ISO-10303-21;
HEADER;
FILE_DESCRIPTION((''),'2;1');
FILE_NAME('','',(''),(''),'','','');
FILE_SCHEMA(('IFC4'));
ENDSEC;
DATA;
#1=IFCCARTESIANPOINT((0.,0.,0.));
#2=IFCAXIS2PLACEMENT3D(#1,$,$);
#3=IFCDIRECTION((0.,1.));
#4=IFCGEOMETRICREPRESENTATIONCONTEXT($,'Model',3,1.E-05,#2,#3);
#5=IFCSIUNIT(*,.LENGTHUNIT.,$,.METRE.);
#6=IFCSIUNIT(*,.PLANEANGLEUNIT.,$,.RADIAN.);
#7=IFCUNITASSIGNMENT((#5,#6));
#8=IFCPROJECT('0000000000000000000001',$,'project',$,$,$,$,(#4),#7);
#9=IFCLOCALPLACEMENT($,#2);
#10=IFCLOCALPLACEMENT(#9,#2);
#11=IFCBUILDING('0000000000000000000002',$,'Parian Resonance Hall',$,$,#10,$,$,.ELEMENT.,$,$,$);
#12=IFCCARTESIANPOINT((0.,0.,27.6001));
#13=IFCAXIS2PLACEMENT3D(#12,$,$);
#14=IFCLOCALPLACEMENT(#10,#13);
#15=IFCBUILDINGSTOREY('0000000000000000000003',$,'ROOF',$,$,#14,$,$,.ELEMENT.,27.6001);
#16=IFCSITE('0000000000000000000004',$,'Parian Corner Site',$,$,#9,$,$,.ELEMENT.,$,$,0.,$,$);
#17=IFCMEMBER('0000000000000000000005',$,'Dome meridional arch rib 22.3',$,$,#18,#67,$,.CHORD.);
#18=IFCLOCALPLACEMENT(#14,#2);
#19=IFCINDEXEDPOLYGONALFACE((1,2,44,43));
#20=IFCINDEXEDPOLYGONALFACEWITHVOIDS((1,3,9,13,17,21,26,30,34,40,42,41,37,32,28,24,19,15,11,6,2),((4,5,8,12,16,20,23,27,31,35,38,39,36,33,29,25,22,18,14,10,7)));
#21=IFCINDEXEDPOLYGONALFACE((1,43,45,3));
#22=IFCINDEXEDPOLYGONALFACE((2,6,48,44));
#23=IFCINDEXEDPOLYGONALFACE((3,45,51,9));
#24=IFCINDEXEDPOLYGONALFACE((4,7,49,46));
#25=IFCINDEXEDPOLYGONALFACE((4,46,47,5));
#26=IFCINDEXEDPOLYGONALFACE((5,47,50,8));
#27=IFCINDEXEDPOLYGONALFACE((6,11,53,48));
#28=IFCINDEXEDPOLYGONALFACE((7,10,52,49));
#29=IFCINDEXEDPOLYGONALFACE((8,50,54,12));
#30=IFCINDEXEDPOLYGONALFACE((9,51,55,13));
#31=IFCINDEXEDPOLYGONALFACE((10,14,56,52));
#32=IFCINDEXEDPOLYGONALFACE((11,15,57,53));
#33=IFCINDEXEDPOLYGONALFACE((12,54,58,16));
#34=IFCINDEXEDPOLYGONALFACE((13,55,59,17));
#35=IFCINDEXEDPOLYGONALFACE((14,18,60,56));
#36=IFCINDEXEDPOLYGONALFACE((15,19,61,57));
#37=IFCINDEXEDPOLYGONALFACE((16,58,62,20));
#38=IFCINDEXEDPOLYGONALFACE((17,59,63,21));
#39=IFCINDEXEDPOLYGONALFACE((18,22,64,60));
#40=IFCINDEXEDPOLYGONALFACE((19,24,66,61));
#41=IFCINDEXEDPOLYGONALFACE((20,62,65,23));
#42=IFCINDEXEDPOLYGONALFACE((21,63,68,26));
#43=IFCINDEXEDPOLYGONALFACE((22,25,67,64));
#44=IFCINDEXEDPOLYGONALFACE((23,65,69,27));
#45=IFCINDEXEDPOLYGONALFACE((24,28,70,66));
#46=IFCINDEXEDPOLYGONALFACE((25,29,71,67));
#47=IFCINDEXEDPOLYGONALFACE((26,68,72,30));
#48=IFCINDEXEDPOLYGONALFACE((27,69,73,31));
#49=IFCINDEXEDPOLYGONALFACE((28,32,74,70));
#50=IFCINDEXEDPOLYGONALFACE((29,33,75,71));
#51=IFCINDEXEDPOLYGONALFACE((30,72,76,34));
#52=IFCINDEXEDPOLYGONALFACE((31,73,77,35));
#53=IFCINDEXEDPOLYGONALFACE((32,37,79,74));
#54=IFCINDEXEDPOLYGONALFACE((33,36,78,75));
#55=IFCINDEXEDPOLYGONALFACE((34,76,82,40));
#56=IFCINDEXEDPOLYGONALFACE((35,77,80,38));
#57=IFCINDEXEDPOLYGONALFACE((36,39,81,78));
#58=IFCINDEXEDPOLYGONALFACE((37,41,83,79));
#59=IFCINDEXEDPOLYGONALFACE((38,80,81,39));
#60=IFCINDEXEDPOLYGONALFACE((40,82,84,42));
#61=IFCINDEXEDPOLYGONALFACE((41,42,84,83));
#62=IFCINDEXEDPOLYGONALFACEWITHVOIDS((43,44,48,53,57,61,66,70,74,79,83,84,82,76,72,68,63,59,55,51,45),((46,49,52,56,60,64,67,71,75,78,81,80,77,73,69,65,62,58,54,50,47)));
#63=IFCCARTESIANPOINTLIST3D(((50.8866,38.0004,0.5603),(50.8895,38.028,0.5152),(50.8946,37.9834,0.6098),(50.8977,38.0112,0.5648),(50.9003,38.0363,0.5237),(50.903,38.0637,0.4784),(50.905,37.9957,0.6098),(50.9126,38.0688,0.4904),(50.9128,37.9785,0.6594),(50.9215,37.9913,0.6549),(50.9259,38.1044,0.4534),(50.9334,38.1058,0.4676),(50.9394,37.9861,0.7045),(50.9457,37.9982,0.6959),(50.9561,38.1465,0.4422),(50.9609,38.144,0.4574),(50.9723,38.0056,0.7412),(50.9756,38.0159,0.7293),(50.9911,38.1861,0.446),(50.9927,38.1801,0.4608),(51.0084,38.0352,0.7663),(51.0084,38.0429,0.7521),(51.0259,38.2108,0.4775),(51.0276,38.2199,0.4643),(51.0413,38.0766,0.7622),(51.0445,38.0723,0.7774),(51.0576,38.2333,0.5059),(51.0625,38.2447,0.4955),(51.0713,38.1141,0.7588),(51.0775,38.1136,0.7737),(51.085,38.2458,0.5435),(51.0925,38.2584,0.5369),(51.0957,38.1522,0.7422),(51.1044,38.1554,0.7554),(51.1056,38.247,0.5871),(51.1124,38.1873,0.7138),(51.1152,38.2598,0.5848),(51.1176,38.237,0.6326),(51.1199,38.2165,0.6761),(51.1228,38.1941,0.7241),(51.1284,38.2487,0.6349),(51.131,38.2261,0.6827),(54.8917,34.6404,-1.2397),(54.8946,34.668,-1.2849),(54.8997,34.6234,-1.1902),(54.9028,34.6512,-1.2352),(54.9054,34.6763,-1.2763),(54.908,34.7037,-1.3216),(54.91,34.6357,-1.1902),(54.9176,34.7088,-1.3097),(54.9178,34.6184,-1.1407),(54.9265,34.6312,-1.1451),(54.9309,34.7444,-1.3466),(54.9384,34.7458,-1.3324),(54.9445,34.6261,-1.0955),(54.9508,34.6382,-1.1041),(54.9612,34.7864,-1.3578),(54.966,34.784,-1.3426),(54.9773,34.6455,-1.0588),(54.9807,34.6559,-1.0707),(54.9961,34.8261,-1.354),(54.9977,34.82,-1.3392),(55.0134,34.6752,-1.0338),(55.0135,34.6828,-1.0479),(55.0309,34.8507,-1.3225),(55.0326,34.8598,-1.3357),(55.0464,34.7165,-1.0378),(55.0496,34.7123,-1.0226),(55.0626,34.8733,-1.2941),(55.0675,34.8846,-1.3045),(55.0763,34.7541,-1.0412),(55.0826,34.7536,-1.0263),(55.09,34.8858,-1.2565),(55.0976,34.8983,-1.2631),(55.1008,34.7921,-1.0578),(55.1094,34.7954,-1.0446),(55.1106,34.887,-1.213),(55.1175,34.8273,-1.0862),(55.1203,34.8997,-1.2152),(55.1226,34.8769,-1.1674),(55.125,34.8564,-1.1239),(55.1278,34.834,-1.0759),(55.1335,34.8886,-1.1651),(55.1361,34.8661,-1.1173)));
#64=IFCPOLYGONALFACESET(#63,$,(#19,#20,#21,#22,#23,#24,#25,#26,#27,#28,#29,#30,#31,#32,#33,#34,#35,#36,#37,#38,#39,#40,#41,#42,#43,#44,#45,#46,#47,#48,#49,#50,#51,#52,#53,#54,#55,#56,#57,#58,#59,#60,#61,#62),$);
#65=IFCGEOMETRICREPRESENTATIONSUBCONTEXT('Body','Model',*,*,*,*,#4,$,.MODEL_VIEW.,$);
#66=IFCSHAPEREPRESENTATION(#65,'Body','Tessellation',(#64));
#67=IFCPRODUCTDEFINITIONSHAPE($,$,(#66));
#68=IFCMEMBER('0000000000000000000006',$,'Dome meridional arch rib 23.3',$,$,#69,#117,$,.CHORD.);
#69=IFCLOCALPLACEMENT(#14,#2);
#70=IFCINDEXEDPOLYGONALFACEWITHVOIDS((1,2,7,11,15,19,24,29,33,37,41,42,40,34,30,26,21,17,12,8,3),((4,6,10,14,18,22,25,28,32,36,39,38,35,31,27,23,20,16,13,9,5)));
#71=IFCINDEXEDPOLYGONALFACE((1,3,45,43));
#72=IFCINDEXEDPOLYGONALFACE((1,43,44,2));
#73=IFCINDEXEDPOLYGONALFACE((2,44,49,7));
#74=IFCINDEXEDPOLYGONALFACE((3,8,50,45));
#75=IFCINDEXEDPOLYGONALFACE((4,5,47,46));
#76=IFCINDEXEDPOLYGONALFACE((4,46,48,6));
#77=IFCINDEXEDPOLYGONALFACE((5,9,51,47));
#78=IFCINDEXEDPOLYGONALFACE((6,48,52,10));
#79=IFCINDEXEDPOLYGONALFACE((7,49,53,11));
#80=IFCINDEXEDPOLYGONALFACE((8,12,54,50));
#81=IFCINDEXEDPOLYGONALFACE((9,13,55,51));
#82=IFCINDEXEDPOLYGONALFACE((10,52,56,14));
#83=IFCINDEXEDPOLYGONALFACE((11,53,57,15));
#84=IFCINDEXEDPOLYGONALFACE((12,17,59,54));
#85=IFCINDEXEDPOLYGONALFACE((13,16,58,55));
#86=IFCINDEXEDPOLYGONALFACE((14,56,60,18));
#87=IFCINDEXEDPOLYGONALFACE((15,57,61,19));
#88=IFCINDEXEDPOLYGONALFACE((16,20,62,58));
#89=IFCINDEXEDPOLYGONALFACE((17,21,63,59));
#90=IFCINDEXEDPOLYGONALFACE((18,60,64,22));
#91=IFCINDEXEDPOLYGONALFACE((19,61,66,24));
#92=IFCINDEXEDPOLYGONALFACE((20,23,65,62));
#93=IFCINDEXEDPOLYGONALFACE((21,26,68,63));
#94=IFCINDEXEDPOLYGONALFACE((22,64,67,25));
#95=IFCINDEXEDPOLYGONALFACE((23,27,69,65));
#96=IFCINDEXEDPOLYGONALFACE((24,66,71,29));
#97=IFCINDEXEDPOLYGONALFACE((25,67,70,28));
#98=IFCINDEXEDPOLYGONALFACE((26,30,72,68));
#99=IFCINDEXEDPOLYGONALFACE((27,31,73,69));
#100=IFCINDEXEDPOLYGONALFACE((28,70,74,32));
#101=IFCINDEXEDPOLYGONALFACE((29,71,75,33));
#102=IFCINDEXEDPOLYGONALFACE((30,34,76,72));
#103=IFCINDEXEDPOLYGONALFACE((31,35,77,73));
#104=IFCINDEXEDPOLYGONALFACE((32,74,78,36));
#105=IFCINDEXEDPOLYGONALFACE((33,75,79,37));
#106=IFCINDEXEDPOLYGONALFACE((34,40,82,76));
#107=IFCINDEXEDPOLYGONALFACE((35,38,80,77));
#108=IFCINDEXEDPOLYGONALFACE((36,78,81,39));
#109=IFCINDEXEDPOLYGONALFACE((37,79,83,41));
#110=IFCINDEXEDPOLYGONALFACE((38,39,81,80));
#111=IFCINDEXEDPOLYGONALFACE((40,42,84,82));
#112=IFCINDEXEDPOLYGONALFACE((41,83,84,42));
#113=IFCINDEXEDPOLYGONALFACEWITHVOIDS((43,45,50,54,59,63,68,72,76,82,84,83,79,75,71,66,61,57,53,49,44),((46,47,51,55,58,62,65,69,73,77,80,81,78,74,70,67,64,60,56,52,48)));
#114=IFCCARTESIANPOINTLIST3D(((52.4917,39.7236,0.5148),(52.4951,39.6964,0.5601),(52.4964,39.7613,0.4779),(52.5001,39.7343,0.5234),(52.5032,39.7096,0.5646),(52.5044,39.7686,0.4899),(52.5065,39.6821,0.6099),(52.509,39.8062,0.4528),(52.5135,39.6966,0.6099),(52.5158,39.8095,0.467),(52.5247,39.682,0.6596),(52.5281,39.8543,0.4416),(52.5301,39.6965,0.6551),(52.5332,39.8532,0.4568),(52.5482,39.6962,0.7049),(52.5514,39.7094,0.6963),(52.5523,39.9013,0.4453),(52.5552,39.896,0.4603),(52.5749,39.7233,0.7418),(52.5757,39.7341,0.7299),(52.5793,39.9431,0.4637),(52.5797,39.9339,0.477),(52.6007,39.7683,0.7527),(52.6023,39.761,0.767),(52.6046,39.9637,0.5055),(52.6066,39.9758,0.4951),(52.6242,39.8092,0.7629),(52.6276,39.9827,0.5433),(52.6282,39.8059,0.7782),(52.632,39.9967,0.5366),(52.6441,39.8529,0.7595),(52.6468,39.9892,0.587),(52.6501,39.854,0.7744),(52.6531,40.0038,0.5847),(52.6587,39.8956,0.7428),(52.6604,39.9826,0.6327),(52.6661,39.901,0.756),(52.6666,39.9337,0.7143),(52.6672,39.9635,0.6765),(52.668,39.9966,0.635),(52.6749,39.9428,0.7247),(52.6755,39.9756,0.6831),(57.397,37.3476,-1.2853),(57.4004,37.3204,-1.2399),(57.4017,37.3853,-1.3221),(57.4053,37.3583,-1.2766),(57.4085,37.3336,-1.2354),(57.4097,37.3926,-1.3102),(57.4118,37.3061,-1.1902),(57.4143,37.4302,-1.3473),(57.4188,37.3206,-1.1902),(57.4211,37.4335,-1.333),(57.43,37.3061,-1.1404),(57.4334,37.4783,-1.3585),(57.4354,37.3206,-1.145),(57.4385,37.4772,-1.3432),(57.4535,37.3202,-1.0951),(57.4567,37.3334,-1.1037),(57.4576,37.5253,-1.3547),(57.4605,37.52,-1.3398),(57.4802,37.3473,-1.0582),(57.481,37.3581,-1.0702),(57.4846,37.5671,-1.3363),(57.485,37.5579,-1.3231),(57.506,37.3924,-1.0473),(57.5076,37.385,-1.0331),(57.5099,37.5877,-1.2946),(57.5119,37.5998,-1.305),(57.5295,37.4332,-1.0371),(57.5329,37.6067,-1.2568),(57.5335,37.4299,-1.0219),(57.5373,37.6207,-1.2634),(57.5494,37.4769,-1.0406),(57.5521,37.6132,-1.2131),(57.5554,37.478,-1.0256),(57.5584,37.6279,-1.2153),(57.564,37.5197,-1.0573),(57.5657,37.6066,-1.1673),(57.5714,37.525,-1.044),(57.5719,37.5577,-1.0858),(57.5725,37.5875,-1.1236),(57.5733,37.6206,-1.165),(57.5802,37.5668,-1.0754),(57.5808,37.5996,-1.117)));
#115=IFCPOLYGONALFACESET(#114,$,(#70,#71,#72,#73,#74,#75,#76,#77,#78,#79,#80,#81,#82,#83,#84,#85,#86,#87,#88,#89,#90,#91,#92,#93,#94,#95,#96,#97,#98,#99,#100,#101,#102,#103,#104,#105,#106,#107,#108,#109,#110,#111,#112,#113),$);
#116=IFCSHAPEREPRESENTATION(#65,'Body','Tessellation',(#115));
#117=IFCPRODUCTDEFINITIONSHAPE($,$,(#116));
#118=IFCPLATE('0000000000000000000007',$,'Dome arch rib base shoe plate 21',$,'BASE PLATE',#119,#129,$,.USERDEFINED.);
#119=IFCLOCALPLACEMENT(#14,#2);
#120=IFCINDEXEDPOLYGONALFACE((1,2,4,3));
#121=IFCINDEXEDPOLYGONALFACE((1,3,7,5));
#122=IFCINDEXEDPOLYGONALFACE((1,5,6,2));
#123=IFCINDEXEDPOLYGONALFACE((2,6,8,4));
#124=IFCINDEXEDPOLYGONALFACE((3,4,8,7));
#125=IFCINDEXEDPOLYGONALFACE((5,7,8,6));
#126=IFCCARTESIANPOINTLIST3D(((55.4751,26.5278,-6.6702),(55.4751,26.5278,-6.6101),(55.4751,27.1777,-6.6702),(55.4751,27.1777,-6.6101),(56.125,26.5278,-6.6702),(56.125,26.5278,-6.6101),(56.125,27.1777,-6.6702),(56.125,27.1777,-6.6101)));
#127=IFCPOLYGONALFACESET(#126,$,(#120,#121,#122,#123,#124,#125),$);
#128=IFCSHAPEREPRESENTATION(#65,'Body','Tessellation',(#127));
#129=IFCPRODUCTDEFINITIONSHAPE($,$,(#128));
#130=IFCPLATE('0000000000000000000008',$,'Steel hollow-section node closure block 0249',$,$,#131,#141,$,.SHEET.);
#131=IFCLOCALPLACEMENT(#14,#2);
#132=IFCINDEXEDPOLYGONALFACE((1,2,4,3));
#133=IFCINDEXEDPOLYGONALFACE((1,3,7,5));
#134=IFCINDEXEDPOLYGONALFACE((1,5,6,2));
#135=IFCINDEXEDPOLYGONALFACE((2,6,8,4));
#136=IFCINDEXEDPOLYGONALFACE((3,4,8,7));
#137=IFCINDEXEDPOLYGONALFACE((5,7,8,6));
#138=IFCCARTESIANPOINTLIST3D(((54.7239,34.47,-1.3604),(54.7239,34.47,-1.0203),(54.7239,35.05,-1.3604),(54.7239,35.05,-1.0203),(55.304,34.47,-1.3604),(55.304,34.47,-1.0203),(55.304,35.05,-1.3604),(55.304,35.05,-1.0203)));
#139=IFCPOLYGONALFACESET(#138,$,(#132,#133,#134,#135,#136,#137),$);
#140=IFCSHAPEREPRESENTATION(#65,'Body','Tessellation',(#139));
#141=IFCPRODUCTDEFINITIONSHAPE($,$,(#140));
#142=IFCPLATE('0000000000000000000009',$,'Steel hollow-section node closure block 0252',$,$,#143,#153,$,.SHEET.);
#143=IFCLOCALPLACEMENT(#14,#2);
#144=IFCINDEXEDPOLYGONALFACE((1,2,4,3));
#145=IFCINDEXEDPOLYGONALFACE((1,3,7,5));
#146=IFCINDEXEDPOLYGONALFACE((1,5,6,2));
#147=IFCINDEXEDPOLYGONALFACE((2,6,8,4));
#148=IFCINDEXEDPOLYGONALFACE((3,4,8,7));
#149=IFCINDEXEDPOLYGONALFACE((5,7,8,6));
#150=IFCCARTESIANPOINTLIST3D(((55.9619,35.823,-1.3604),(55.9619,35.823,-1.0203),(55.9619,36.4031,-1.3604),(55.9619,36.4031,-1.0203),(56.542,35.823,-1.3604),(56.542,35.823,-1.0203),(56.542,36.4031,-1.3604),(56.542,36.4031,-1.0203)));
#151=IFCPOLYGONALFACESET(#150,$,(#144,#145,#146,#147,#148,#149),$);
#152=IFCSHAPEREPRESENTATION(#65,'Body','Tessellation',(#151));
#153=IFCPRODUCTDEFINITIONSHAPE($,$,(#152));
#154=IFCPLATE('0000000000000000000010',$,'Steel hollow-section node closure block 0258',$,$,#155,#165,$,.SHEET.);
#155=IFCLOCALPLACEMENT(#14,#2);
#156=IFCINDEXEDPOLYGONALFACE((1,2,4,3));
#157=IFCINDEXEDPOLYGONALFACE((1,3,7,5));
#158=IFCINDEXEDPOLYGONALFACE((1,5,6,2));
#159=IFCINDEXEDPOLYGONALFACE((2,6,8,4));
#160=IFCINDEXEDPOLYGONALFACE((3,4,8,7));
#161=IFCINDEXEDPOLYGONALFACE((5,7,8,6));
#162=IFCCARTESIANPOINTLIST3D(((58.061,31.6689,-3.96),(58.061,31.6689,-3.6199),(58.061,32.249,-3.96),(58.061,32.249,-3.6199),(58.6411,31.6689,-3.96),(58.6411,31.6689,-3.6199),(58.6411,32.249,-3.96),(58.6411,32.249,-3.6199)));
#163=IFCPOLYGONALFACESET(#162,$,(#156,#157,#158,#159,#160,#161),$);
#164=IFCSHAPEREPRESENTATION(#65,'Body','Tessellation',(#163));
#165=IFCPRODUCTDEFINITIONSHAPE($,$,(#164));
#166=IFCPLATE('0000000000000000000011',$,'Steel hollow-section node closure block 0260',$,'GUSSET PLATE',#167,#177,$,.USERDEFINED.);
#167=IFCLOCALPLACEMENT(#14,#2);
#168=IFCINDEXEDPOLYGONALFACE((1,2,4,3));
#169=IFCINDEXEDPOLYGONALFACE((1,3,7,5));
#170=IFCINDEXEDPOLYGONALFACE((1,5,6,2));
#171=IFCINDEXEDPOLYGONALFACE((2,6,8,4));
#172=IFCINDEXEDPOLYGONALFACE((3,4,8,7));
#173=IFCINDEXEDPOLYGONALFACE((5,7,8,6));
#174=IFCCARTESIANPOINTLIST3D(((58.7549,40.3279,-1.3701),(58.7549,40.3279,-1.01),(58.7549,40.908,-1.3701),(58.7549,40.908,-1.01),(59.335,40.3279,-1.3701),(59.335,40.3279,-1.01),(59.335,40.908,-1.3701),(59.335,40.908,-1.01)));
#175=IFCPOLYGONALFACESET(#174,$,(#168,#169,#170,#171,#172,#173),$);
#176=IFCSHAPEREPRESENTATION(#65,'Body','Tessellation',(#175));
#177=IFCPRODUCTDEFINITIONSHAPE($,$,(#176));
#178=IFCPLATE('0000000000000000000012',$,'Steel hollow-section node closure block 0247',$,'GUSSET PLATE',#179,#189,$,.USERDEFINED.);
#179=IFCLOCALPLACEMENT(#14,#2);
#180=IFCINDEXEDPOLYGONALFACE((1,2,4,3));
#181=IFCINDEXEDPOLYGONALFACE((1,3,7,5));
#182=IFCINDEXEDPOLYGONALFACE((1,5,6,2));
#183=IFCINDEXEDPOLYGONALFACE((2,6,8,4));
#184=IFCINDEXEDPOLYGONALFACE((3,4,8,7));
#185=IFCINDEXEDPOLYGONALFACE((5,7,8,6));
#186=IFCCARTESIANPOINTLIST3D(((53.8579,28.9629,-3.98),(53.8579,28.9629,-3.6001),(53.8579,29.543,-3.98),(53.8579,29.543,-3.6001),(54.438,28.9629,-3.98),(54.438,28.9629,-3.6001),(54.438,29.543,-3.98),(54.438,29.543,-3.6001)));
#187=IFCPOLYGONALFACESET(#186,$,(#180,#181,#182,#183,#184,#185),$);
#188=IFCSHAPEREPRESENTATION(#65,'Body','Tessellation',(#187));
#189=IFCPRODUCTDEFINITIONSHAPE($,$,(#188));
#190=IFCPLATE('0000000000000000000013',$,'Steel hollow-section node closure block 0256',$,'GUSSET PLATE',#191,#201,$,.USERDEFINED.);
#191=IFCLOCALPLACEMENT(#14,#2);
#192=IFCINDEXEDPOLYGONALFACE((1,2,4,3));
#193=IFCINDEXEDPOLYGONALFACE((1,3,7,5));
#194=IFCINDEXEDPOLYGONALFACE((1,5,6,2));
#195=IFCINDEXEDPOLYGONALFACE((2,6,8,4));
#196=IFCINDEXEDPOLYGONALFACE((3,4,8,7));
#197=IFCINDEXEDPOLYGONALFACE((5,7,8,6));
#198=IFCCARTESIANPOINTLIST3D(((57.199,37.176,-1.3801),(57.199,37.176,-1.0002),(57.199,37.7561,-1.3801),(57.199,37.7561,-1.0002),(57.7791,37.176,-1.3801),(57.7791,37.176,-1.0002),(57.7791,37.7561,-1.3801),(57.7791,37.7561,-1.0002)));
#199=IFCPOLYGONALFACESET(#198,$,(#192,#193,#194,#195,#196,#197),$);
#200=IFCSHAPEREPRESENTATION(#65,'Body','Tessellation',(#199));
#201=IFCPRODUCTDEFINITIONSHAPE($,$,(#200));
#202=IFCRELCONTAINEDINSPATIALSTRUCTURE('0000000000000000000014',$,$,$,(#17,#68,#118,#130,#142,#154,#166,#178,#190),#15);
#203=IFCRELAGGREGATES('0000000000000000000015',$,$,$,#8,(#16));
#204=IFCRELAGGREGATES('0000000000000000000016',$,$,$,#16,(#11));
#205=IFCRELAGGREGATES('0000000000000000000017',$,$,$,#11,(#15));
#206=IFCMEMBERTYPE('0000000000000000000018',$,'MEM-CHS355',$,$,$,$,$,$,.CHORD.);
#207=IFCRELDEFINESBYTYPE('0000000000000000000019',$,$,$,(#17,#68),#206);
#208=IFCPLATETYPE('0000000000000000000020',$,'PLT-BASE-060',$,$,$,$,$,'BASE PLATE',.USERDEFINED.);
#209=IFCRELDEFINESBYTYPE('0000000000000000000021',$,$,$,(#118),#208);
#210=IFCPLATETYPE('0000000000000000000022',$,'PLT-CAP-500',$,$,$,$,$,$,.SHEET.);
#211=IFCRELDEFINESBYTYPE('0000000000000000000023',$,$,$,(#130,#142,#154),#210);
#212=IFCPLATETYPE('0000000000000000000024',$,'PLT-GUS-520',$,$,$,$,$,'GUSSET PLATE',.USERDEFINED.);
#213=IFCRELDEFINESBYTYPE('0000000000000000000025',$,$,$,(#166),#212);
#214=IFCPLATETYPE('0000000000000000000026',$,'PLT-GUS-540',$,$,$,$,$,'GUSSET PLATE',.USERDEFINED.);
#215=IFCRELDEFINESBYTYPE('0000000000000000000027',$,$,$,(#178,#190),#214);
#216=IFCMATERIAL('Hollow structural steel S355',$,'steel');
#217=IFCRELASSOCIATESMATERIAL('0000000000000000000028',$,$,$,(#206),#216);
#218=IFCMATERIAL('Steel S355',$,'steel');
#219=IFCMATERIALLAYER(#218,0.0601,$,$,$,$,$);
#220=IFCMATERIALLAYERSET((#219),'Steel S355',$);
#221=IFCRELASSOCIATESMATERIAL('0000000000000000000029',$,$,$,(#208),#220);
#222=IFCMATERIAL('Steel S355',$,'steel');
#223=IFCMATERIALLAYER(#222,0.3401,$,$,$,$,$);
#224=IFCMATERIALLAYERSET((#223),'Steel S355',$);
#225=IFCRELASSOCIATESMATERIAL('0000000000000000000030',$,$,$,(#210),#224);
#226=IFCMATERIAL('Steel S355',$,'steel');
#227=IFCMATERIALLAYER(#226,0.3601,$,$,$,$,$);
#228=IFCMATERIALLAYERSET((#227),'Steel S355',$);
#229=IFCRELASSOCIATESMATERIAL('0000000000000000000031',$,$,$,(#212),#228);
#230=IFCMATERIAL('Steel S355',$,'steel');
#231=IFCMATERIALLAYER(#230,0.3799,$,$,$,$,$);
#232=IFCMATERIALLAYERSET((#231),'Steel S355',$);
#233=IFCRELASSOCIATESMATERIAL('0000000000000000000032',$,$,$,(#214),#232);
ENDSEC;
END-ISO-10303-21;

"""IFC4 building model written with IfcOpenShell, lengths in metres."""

from ifc_helpers import new_model, si_unit, direction, frame, origin, origin_2d, place, context, subcontext, project, spatial, rectangle, hollow_circle, extrude, material, layer, layer_set, material_profile, profile_set, type_object, element, save


model = new_model("IFC4")

# Units and contexts
model_context = context("Model", 3, precision=1e-05, world=origin(), true_north=direction((0.0, 1.0)))
body_context = subcontext(model_context, "Body", "Model", "MODEL_VIEW")
ifc_project = project(units=[si_unit("LENGTHUNIT", "METRE"), si_unit("PLANEANGLEUNIT", "RADIAN")], contexts=[model_context])

# Site, building, storey
site_placement = place(None, origin())
site = spatial("IfcSite", under=ifc_project, at=site_placement, Name="Parian Corner Site", CompositionType="ELEMENT", RefElevation=0.0)
building_placement = place(site_placement, origin())
building = spatial("IfcBuilding", under=site, at=building_placement, Name="Parian Resonance Hall", CompositionType="ELEMENT")
storey_placement = place(building_placement, frame((0.0, 0.0, 27.6001)))
storey = spatial("IfcBuildingStorey", under=building, at=storey_placement, Name="ROOF", CompositionType="ELEMENT", Elevation=27.6001)

# Members
ifc_material_1 = material(Name="Hollow structural steel S355", Category="steel")
ifc_material_profile_1 = material_profile(ifc_material_1, hollow_circle(Radius=0.1777, WallThickness=0.0161, at=origin_2d()), Name="CHS355.6x16")
ifc_profile_set_1 = profile_set([ifc_material_profile_1], Name="Hollow structural steel S355")
member_type_1 = type_object("IfcMemberType", Name="MEM-CHS355", PredefinedType="CHORD", material=ifc_profile_set_1)
member_1_placement = place(storey_placement, frame((55.0139, 34.7595, -1.1902), z_axis=(-0.724365, 0.607707, 0.325556), x_axis=(-0.642721, -0.7661, 0.0)))
element("IfcMember", 1, at=member_1_placement, inside=storey, type_object=member_type_1, Name="Dome meridional arch rib 22.3", PredefinedType="CHORD", context=body_context, shape_type="SweptSolid", body=[
    extrude(hollow_circle(Radius=0.1777, WallThickness=0.0161, at=origin_2d()), origin(), (0.0, 0.0, 1.0), 5.5291),
])
member_2_placement = place(storey_placement, frame((57.4893, 37.4661, -1.1902), z_axis=(-0.854583, 0.413936, 0.3136), x_axis=(-0.435926, -0.899982, 0.0)))
element("IfcMember", 2, at=member_2_placement, inside=storey, type_object=member_type_1, Name="Dome meridional arch rib 23.3", PredefinedType="CHORD", context=body_context, shape_type="SweptSolid", body=[
    extrude(hollow_circle(Radius=0.1777, WallThickness=0.0161, at=origin_2d()), origin(), (0.0, 0.0, 1.0), 5.74),
])

# Plates
ifc_material_2 = material(Name="Steel S355", Category="steel")
ifc_layer_1 = layer(ifc_material_2, 0.0601)
ifc_layer_set_1 = layer_set([ifc_layer_1], Name="Steel S355")
plate_type_1 = type_object("IfcPlateType", Name="PLT-BASE-060", ElementType="BASE PLATE", PredefinedType="USERDEFINED", material=ifc_layer_set_1)
plate_1_placement = place(storey_placement, frame((55.8, 26.8528, -6.6702), z_axis=(0.0, 0.0, 1.0), x_axis=(1.0, 0.0, 0.0)))
element("IfcPlate", 3, at=plate_1_placement, inside=storey, type_object=plate_type_1, Name="Dome arch rib base shoe plate 21", ObjectType="BASE PLATE", PredefinedType="USERDEFINED", context=body_context, shape_type="SweptSolid", body=[
    extrude(rectangle(XDim=0.6499, YDim=0.6499, at=origin_2d()), origin(), (0.0, 0.0, 1.0), 0.0601),
])
ifc_material_3 = material(Name="Steel S355", Category="steel")
ifc_layer_2 = layer(ifc_material_3, 0.3401)
ifc_layer_set_2 = layer_set([ifc_layer_2], Name="Steel S355")
plate_type_2 = type_object("IfcPlateType", Name="PLT-CAP-500", PredefinedType="SHEET", material=ifc_layer_set_2)
for number, where, z_axis, x_axis, name in (
    (4, (55.0139, 34.76, -1.3604), (0.0, 0.0, 1.0), (1.0, 0.0, 0.0), "Steel hollow-section node closure block 0249"),
    (5, (56.252, 36.113, -1.3604), (0.0, 0.0, 1.0), (1.0, 0.0, 0.0), "Steel hollow-section node closure block 0252"),
    (6, (58.3511, 31.959, -3.96), (0.0, 0.0, 1.0), (1.0, 0.0, 0.0), "Steel hollow-section node closure block 0258"),
):
    element("IfcPlate", number, at=place(storey_placement, frame(where, z_axis=z_axis, x_axis=x_axis)), inside=storey, type_object=plate_type_2, Name=name, PredefinedType="SHEET", context=body_context, shape_type="SweptSolid", body=[
        extrude(rectangle(XDim=0.5801, YDim=0.5801, at=origin_2d()), origin(), (0.0, 0.0, 1.0), 0.3401),
    ])
ifc_material_4 = material(Name="Steel S355", Category="steel")
ifc_layer_3 = layer(ifc_material_4, 0.3601)
ifc_layer_set_3 = layer_set([ifc_layer_3], Name="Steel S355")
plate_type_3 = type_object("IfcPlateType", Name="PLT-GUS-520", ElementType="GUSSET PLATE", PredefinedType="USERDEFINED", material=ifc_layer_set_3)
plate_2_placement = place(storey_placement, frame((59.0449, 40.6179, -1.3701), z_axis=(0.0, 0.0, 1.0), x_axis=(1.0, 0.0, 0.0)))
element("IfcPlate", 7, at=plate_2_placement, inside=storey, type_object=plate_type_3, Name="Steel hollow-section node closure block 0260", ObjectType="GUSSET PLATE", PredefinedType="USERDEFINED", context=body_context, shape_type="SweptSolid", body=[
    extrude(rectangle(XDim=0.5801, YDim=0.5801, at=origin_2d()), origin(), (0.0, 0.0, 1.0), 0.3601),
])
ifc_material_5 = material(Name="Steel S355", Category="steel")
ifc_layer_4 = layer(ifc_material_5, 0.3799)
ifc_layer_set_4 = layer_set([ifc_layer_4], Name="Steel S355")
plate_type_4 = type_object("IfcPlateType", Name="PLT-GUS-540", ElementType="GUSSET PLATE", PredefinedType="USERDEFINED", material=ifc_layer_set_4)
for number, where, z_axis, x_axis, name in (
    (8, (54.1479, 29.2529, -3.98), (0.0, 0.0, 1.0), (1.0, 0.0, 0.0), "Steel hollow-section node closure block 0247"),
    (9, (57.489, 37.4661, -1.3801), (0.0, 0.0, 1.0), (1.0, 0.0, 0.0), "Steel hollow-section node closure block 0256"),
):
    element("IfcPlate", number, at=place(storey_placement, frame(where, z_axis=z_axis, x_axis=x_axis)), inside=storey, type_object=plate_type_4, Name=name, ObjectType="GUSSET PLATE", PredefinedType="USERDEFINED", context=body_context, shape_type="SweptSolid", body=[
        extrude(rectangle(XDim=0.5801, YDim=0.5801, at=origin_2d()), origin(), (0.0, 0.0, 1.0), 0.3799),
    ])

save(model, "model.ifc")
